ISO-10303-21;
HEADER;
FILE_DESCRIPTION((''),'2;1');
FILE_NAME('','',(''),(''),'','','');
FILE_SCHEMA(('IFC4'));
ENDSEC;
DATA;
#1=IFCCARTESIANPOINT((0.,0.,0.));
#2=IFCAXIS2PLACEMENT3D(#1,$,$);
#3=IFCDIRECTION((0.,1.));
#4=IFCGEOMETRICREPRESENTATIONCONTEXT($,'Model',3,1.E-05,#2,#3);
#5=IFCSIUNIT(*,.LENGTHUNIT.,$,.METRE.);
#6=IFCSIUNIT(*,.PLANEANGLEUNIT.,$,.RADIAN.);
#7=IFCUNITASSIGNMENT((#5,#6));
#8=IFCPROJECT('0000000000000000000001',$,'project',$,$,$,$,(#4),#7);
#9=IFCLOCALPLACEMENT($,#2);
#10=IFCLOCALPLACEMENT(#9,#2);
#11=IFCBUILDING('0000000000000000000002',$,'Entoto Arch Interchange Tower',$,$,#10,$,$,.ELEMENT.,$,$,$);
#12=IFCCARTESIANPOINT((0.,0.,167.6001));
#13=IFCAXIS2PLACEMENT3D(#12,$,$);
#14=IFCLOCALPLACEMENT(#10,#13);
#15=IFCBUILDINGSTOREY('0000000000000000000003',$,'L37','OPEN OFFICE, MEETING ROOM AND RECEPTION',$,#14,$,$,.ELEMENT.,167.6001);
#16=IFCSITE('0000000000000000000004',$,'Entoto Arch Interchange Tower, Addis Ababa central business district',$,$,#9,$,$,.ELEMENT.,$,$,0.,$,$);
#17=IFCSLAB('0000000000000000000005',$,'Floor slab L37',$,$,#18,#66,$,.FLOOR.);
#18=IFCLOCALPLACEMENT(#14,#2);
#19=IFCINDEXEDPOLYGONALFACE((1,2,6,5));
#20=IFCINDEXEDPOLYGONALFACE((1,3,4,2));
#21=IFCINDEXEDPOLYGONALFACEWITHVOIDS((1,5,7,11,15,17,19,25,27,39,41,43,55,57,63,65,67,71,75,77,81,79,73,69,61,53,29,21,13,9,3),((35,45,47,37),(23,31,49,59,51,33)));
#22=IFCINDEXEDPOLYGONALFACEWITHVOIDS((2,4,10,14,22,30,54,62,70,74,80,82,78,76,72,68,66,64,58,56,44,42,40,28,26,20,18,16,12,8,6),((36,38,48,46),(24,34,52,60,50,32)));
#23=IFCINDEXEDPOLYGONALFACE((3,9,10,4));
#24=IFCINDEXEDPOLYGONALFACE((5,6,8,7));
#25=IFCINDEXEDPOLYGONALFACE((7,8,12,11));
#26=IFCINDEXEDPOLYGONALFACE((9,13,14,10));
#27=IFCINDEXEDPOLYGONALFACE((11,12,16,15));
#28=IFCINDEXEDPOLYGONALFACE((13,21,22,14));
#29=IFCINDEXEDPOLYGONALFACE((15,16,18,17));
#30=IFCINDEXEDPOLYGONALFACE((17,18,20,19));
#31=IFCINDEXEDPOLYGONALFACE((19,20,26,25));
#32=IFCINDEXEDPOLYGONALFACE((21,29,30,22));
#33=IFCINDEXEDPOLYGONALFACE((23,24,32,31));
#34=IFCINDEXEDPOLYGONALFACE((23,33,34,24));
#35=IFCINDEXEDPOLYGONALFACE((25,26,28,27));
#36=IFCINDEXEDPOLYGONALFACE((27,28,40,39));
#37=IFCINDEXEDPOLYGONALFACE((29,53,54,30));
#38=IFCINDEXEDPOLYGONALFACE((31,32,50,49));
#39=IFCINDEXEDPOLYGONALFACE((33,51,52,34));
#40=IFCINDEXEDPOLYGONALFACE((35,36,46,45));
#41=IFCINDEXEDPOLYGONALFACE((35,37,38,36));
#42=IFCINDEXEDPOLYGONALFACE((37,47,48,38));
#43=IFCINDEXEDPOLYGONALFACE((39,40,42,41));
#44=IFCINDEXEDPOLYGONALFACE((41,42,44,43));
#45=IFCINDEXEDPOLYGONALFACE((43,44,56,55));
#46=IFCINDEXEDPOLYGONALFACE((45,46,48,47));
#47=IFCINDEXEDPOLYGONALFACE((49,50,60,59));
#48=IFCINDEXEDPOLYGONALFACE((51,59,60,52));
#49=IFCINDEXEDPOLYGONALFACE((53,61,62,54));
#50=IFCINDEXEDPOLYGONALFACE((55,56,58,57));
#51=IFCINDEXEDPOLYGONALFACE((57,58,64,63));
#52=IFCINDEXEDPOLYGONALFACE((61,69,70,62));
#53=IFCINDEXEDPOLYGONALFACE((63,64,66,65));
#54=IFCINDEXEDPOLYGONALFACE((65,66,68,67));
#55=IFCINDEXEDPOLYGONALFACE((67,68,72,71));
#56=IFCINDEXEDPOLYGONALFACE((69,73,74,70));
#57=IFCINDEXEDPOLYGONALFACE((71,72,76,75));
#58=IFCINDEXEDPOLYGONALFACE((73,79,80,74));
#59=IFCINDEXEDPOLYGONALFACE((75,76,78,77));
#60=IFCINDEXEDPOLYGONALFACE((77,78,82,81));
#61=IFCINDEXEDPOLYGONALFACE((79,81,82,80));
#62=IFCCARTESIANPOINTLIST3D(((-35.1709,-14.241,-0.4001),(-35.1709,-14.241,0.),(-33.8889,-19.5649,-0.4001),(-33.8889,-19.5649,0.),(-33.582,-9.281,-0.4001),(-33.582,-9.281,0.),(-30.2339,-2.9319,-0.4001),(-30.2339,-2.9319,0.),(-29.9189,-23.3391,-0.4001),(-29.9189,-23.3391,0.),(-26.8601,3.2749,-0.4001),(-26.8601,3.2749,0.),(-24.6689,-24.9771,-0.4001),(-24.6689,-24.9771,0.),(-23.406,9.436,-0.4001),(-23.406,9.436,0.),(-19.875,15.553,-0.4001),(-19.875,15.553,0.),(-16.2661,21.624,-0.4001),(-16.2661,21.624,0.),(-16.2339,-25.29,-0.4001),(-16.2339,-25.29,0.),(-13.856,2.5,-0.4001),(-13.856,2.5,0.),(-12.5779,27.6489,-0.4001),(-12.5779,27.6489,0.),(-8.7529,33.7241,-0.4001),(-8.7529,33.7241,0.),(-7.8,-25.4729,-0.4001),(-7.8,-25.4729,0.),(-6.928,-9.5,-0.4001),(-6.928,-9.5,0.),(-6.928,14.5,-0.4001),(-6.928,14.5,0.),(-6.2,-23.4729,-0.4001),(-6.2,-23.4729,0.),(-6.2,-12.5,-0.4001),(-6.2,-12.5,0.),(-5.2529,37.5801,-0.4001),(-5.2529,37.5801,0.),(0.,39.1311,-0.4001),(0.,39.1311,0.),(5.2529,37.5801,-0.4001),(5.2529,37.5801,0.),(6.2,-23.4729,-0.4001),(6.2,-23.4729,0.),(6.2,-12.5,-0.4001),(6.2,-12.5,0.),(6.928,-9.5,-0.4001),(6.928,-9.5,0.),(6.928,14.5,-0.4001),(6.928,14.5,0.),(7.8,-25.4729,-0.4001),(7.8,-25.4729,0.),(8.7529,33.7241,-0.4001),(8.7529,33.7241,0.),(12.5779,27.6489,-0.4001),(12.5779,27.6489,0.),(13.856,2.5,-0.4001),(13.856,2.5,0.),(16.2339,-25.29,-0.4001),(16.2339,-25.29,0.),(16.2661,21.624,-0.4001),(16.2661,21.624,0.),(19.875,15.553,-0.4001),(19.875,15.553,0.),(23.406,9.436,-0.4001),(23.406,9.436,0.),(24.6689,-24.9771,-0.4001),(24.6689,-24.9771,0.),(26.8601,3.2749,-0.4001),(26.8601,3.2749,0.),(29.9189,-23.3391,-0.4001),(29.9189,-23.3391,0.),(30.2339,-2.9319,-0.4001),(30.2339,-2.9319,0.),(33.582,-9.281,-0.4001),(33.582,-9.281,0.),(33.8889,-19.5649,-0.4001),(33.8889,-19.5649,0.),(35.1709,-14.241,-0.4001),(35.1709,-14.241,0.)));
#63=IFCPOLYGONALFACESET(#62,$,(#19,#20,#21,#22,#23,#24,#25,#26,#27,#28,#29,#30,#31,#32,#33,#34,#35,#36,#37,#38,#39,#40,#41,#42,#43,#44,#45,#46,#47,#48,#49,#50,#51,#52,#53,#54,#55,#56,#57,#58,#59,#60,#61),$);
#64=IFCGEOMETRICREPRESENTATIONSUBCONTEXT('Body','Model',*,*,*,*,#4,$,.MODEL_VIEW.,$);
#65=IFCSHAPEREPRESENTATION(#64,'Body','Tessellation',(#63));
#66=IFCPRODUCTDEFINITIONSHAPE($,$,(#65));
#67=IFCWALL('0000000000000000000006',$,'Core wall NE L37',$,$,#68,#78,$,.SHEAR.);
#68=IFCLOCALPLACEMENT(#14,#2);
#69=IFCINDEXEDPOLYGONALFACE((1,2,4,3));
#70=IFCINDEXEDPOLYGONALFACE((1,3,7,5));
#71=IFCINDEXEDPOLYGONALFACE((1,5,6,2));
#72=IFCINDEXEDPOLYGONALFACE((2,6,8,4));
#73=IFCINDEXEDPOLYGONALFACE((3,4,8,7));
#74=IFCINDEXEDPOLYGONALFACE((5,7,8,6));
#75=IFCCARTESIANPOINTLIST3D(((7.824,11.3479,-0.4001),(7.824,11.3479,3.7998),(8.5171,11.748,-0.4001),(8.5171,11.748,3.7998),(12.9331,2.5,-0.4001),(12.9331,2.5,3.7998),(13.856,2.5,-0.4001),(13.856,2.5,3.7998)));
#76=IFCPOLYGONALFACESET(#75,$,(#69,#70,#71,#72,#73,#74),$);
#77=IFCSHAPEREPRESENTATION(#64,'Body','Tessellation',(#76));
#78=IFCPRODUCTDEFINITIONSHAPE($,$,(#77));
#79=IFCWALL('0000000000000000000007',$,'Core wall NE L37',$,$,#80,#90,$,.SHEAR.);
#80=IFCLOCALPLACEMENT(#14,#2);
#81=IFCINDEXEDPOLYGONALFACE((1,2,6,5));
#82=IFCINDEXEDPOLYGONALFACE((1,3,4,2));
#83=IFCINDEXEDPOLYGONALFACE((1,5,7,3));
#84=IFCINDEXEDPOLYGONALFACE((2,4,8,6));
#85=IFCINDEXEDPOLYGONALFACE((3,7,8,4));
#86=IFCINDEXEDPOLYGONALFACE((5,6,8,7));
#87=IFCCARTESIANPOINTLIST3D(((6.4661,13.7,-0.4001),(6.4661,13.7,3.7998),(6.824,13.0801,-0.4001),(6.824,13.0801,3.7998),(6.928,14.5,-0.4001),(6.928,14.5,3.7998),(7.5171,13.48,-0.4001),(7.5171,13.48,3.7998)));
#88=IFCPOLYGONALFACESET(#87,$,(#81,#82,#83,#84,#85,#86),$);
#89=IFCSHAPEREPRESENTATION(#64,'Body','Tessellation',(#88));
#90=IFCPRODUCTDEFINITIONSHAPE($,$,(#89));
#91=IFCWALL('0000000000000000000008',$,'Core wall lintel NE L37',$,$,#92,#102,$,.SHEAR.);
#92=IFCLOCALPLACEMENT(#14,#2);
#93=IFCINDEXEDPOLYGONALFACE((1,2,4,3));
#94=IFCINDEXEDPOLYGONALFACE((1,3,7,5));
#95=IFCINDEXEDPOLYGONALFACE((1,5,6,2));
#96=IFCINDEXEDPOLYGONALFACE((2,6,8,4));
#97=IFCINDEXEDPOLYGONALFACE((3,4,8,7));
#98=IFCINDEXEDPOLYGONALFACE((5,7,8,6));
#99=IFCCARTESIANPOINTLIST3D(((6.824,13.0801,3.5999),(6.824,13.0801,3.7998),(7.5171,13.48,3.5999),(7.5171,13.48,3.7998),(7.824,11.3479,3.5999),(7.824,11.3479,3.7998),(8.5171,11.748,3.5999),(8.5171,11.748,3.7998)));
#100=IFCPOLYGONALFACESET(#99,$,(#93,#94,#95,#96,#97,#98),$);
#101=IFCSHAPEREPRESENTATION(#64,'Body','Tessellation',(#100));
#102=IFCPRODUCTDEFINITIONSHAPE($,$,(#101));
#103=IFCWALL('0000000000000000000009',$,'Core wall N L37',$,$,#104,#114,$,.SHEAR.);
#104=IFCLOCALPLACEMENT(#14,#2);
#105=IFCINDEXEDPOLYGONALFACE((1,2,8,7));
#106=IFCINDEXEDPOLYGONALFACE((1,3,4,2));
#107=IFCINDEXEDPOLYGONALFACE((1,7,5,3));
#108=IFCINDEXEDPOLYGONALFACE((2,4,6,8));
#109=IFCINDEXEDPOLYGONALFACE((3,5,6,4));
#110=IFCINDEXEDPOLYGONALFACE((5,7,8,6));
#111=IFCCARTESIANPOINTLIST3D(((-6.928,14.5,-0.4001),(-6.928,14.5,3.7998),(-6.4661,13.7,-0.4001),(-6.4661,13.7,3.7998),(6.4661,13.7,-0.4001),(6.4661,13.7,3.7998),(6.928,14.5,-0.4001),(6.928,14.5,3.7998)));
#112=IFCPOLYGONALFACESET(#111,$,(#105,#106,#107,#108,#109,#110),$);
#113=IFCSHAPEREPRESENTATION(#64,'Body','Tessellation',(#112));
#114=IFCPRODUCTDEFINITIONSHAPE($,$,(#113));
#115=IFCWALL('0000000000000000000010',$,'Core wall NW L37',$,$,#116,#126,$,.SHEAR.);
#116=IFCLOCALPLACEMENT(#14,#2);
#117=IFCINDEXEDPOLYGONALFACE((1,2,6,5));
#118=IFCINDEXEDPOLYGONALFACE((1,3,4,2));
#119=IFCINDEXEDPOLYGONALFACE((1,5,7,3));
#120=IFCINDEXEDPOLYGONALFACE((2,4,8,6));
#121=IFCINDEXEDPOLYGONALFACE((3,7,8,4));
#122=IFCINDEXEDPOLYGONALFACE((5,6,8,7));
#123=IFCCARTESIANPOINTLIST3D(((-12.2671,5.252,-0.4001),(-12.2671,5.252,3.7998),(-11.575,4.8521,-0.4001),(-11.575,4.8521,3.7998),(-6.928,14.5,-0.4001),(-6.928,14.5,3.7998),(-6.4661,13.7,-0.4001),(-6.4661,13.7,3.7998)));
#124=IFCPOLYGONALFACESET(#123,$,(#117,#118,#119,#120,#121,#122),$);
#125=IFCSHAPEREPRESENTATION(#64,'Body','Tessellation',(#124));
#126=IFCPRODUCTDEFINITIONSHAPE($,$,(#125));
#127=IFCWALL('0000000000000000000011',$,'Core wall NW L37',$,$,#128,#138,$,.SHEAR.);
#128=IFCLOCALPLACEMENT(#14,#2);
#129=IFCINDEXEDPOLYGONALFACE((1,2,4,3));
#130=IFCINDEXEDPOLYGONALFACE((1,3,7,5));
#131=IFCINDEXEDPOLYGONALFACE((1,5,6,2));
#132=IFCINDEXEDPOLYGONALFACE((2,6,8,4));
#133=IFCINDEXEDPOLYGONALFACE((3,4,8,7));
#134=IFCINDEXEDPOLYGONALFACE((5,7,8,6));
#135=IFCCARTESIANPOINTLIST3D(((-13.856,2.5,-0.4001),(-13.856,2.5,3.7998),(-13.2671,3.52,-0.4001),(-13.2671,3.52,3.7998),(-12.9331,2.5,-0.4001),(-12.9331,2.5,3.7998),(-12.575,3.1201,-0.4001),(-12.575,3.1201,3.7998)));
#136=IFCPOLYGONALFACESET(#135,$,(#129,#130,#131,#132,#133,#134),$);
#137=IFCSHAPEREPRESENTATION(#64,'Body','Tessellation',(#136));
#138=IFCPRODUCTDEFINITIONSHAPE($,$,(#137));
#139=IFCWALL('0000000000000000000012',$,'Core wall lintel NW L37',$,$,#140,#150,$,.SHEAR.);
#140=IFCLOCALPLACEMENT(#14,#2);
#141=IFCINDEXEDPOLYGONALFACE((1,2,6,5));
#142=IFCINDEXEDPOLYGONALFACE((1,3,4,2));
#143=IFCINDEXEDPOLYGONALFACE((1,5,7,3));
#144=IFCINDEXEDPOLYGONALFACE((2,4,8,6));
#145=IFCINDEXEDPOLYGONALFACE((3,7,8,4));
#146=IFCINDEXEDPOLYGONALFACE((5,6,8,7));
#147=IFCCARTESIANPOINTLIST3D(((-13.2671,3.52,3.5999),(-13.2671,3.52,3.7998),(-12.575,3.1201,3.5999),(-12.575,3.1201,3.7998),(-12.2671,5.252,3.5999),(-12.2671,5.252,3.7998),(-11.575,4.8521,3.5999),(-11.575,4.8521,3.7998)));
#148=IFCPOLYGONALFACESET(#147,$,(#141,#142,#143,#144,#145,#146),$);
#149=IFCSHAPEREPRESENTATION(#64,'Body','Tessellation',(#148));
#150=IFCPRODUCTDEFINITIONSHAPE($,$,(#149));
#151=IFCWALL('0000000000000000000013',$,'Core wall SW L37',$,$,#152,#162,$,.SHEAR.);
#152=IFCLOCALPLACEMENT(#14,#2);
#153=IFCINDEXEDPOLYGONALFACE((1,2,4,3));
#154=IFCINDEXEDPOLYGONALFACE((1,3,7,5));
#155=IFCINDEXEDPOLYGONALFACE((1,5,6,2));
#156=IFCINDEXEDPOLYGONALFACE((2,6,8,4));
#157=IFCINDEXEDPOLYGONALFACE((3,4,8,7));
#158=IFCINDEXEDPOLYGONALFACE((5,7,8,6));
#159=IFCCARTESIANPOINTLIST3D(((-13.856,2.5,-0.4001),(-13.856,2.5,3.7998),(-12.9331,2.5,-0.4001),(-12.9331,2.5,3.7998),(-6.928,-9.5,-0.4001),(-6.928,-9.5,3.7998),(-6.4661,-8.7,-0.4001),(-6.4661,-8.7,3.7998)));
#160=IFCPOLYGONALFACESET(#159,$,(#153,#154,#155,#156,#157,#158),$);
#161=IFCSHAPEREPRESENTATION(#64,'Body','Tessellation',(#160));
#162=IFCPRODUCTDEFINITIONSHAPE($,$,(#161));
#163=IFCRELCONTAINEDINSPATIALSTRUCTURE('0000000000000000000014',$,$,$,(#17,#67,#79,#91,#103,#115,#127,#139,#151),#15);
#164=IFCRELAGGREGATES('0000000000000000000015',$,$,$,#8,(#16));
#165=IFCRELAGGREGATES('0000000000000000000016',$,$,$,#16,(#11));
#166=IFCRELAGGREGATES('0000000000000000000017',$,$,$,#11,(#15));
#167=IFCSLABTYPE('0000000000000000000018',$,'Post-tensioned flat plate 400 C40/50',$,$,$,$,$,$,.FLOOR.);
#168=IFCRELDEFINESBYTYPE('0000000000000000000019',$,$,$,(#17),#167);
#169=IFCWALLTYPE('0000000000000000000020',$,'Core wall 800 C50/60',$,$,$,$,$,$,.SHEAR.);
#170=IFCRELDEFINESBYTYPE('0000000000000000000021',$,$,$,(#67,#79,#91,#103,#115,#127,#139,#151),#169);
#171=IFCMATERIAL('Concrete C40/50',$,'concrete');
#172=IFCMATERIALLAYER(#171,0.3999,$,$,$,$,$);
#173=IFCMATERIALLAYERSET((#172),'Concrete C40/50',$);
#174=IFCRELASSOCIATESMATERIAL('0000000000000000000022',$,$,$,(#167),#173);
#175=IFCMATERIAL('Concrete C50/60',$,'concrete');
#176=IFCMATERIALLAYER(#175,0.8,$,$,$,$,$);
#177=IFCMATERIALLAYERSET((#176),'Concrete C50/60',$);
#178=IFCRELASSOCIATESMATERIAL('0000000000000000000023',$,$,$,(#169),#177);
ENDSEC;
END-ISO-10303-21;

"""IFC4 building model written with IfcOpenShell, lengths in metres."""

from ifc_helpers import new_model, si_unit, direction, frame, origin, place, context, subcontext, project, spatial, polyline, outline, extrude, material, layer, layer_set, type_object, element, save


model = new_model("IFC4")

# Units and contexts
model_context = context("Model", 3, precision=1e-05, world=origin(), true_north=direction((0.0, 1.0)))
body_context = subcontext(model_context, "Body", "Model", "MODEL_VIEW")
ifc_project = project(units=[si_unit("LENGTHUNIT", "METRE"), si_unit("PLANEANGLEUNIT", "RADIAN")], contexts=[model_context])

# Site, building, storey
site_placement = place(None, origin())
site = spatial("IfcSite", under=ifc_project, at=site_placement, Name="Entoto Arch Interchange Tower, Addis Ababa central business district", CompositionType="ELEMENT", RefElevation=0.0)
building_placement = place(site_placement, origin())
building = spatial("IfcBuilding", under=site, at=building_placement, Name="Entoto Arch Interchange Tower", CompositionType="ELEMENT")
storey_placement = place(building_placement, frame((0.0, 0.0, 167.6001)))
storey = spatial("IfcBuildingStorey", under=building, at=storey_placement, Name="L37", Description="OPEN OFFICE, MEETING ROOM AND RECEPTION", CompositionType="ELEMENT", Elevation=167.6001)

# Slab
ifc_material_1 = material(Name="Concrete C40/50", Category="concrete")
ifc_layer_1 = layer(ifc_material_1, 0.3999)
ifc_layer_set_1 = layer_set([ifc_layer_1], Name="Concrete C40/50")
slab_type = type_object("IfcSlabType", Name="Post-tensioned flat plate 400 C40/50", PredefinedType="FLOOR", material=ifc_layer_set_1)
slab_placement = place(storey_placement, frame((0.0, 0.0, -0.4001)))
element("IfcSlab", 1, at=slab_placement, inside=storey, type_object=slab_type, Name="Floor slab L37", PredefinedType="FLOOR", context=body_context, shape_type="SweptSolid", body=[
    extrude(outline(polyline([(-24.6689, -24.9771), (-16.2339, -25.29), (-7.8, -25.4729), (7.8, -25.4729), (16.2339, -25.29), (24.6689, -24.9771), (29.9189, -23.3391), (33.8889, -19.5649), (35.1709, -14.241), (33.582, -9.281), (30.2339, -2.9319), (26.8601, 3.2749), (23.406, 9.436), (19.875, 15.553), (16.2661, 21.624), (12.5779, 27.6489), (8.7529, 33.7241), (5.2529, 37.5801), (0.0, 39.1311), (-5.2529, 37.5801), (-8.7529, 33.7241), (-12.5779, 27.6489), (-16.2661, 21.624), (-19.875, 15.553), (-23.406, 9.436), (-26.8601, 3.2749), (-30.2339, -2.9319), (-33.582, -9.281), (-35.1709, -14.241), (-33.8889, -19.5649), (-29.9189, -23.3391), (-24.6689, -24.9771)]), holes=[polyline([(6.2, -23.4729), (6.2, -12.5), (-6.2, -12.5), (-6.2, -23.4729), (6.2, -23.4729)]), polyline([(13.856, 2.5), (6.928, 14.5), (-6.928, 14.5), (-13.856, 2.5), (-6.928, -9.5), (6.928, -9.5), (13.856, 2.5)])]), origin(), (0.0, 0.0, 1.0), 0.4001),
])

# Walls
ifc_material_2 = material(Name="Concrete C50/60", Category="concrete")
ifc_layer_2 = layer(ifc_material_2, 0.8)
ifc_layer_set_2 = layer_set([ifc_layer_2], Name="Concrete C50/60")
wall_type_1 = type_object("IfcWallType", Name="Core wall 800 C50/60", PredefinedType="SHEAR", material=ifc_layer_set_2)
wall_1_placement = place(storey_placement, frame((0.0, 0.0, -0.4001)))
element("IfcWall", 2, at=wall_1_placement, inside=storey, type_object=wall_type_1, Name="Core wall NE L37", PredefinedType="SHEAR", context=body_context, shape_type="SweptSolid", body=[
    extrude(outline(polyline([(8.5171, 11.748), (7.824, 11.3479), (12.9331, 2.5), (13.856, 2.5), (8.5171, 11.748)])), origin(), (0.0, 0.0, 1.0), 4.2),
])
wall_2_placement = place(storey_placement, frame((0.0, 0.0, -0.4001)))
element("IfcWall", 3, at=wall_2_placement, inside=storey, type_object=wall_type_1, Name="Core wall NE L37", PredefinedType="SHEAR", context=body_context, shape_type="SweptSolid", body=[
    extrude(outline(polyline([(6.824, 13.0801), (7.5171, 13.48), (6.928, 14.5), (6.4661, 13.7), (6.824, 13.0801)])), origin(), (0.0, 0.0, 1.0), 4.2),
])
wall_3_placement = place(storey_placement, frame((0.0, 0.0, 3.5999)))
element("IfcWall", 4, at=wall_3_placement, inside=storey, type_object=wall_type_1, Name="Core wall lintel NE L37", PredefinedType="SHEAR", context=body_context, shape_type="SweptSolid", body=[
    extrude(outline(polyline([(7.5171, 13.48), (6.824, 13.0801), (7.824, 11.3479), (8.5171, 11.748), (7.5171, 13.48)])), origin(), (0.0, 0.0, 1.0), 0.2),
])
wall_4_placement = place(storey_placement, frame((0.0, 0.0, -0.4001)))
element("IfcWall", 5, at=wall_4_placement, inside=storey, type_object=wall_type_1, Name="Core wall N L37", PredefinedType="SHEAR", context=body_context, shape_type="SweptSolid", body=[
    extrude(outline(polyline([(6.928, 14.5), (-6.928, 14.5), (-6.4661, 13.7), (6.4661, 13.7), (6.928, 14.5)])), origin(), (0.0, 0.0, 1.0), 4.2),
])
wall_5_placement = place(storey_placement, frame((0.0, 0.0, -0.4001)))
element("IfcWall", 6, at=wall_5_placement, inside=storey, type_object=wall_type_1, Name="Core wall NW L37", PredefinedType="SHEAR", context=body_context, shape_type="SweptSolid", body=[
    extrude(outline(polyline([(-12.2671, 5.252), (-11.575, 4.8521), (-6.4661, 13.7), (-6.928, 14.5), (-12.2671, 5.252)])), origin(), (0.0, 0.0, 1.0), 4.2),
])
wall_6_placement = place(storey_placement, frame((0.0, 0.0, -0.4001)))
element("IfcWall", 7, at=wall_6_placement, inside=storey, type_object=wall_type_1, Name="Core wall NW L37", PredefinedType="SHEAR", context=body_context, shape_type="SweptSolid", body=[
    extrude(outline(polyline([(-12.575, 3.1201), (-13.2671, 3.52), (-13.856, 2.5), (-12.9331, 2.5), (-12.575, 3.1201)])), origin(), (0.0, 0.0, 1.0), 4.2),
])
wall_7_placement = place(storey_placement, frame((0.0, 0.0, 3.5999)))
element("IfcWall", 8, at=wall_7_placement, inside=storey, type_object=wall_type_1, Name="Core wall lintel NW L37", PredefinedType="SHEAR", context=body_context, shape_type="SweptSolid", body=[
    extrude(outline(polyline([(-13.2671, 3.52), (-12.575, 3.1201), (-11.575, 4.8521), (-12.2671, 5.252), (-13.2671, 3.52)])), origin(), (0.0, 0.0, 1.0), 0.2),
])
wall_8_placement = place(storey_placement, frame((0.0, 0.0, -0.4001)))
element("IfcWall", 9, at=wall_8_placement, inside=storey, type_object=wall_type_1, Name="Core wall SW L37", PredefinedType="SHEAR", context=body_context, shape_type="SweptSolid", body=[
    extrude(outline(polyline([(-13.856, 2.5), (-6.928, -9.5), (-6.4661, -8.7), (-12.9331, 2.5), (-13.856, 2.5)])), origin(), (0.0, 0.0, 1.0), 4.2),
])

save(model, "model.ifc")
